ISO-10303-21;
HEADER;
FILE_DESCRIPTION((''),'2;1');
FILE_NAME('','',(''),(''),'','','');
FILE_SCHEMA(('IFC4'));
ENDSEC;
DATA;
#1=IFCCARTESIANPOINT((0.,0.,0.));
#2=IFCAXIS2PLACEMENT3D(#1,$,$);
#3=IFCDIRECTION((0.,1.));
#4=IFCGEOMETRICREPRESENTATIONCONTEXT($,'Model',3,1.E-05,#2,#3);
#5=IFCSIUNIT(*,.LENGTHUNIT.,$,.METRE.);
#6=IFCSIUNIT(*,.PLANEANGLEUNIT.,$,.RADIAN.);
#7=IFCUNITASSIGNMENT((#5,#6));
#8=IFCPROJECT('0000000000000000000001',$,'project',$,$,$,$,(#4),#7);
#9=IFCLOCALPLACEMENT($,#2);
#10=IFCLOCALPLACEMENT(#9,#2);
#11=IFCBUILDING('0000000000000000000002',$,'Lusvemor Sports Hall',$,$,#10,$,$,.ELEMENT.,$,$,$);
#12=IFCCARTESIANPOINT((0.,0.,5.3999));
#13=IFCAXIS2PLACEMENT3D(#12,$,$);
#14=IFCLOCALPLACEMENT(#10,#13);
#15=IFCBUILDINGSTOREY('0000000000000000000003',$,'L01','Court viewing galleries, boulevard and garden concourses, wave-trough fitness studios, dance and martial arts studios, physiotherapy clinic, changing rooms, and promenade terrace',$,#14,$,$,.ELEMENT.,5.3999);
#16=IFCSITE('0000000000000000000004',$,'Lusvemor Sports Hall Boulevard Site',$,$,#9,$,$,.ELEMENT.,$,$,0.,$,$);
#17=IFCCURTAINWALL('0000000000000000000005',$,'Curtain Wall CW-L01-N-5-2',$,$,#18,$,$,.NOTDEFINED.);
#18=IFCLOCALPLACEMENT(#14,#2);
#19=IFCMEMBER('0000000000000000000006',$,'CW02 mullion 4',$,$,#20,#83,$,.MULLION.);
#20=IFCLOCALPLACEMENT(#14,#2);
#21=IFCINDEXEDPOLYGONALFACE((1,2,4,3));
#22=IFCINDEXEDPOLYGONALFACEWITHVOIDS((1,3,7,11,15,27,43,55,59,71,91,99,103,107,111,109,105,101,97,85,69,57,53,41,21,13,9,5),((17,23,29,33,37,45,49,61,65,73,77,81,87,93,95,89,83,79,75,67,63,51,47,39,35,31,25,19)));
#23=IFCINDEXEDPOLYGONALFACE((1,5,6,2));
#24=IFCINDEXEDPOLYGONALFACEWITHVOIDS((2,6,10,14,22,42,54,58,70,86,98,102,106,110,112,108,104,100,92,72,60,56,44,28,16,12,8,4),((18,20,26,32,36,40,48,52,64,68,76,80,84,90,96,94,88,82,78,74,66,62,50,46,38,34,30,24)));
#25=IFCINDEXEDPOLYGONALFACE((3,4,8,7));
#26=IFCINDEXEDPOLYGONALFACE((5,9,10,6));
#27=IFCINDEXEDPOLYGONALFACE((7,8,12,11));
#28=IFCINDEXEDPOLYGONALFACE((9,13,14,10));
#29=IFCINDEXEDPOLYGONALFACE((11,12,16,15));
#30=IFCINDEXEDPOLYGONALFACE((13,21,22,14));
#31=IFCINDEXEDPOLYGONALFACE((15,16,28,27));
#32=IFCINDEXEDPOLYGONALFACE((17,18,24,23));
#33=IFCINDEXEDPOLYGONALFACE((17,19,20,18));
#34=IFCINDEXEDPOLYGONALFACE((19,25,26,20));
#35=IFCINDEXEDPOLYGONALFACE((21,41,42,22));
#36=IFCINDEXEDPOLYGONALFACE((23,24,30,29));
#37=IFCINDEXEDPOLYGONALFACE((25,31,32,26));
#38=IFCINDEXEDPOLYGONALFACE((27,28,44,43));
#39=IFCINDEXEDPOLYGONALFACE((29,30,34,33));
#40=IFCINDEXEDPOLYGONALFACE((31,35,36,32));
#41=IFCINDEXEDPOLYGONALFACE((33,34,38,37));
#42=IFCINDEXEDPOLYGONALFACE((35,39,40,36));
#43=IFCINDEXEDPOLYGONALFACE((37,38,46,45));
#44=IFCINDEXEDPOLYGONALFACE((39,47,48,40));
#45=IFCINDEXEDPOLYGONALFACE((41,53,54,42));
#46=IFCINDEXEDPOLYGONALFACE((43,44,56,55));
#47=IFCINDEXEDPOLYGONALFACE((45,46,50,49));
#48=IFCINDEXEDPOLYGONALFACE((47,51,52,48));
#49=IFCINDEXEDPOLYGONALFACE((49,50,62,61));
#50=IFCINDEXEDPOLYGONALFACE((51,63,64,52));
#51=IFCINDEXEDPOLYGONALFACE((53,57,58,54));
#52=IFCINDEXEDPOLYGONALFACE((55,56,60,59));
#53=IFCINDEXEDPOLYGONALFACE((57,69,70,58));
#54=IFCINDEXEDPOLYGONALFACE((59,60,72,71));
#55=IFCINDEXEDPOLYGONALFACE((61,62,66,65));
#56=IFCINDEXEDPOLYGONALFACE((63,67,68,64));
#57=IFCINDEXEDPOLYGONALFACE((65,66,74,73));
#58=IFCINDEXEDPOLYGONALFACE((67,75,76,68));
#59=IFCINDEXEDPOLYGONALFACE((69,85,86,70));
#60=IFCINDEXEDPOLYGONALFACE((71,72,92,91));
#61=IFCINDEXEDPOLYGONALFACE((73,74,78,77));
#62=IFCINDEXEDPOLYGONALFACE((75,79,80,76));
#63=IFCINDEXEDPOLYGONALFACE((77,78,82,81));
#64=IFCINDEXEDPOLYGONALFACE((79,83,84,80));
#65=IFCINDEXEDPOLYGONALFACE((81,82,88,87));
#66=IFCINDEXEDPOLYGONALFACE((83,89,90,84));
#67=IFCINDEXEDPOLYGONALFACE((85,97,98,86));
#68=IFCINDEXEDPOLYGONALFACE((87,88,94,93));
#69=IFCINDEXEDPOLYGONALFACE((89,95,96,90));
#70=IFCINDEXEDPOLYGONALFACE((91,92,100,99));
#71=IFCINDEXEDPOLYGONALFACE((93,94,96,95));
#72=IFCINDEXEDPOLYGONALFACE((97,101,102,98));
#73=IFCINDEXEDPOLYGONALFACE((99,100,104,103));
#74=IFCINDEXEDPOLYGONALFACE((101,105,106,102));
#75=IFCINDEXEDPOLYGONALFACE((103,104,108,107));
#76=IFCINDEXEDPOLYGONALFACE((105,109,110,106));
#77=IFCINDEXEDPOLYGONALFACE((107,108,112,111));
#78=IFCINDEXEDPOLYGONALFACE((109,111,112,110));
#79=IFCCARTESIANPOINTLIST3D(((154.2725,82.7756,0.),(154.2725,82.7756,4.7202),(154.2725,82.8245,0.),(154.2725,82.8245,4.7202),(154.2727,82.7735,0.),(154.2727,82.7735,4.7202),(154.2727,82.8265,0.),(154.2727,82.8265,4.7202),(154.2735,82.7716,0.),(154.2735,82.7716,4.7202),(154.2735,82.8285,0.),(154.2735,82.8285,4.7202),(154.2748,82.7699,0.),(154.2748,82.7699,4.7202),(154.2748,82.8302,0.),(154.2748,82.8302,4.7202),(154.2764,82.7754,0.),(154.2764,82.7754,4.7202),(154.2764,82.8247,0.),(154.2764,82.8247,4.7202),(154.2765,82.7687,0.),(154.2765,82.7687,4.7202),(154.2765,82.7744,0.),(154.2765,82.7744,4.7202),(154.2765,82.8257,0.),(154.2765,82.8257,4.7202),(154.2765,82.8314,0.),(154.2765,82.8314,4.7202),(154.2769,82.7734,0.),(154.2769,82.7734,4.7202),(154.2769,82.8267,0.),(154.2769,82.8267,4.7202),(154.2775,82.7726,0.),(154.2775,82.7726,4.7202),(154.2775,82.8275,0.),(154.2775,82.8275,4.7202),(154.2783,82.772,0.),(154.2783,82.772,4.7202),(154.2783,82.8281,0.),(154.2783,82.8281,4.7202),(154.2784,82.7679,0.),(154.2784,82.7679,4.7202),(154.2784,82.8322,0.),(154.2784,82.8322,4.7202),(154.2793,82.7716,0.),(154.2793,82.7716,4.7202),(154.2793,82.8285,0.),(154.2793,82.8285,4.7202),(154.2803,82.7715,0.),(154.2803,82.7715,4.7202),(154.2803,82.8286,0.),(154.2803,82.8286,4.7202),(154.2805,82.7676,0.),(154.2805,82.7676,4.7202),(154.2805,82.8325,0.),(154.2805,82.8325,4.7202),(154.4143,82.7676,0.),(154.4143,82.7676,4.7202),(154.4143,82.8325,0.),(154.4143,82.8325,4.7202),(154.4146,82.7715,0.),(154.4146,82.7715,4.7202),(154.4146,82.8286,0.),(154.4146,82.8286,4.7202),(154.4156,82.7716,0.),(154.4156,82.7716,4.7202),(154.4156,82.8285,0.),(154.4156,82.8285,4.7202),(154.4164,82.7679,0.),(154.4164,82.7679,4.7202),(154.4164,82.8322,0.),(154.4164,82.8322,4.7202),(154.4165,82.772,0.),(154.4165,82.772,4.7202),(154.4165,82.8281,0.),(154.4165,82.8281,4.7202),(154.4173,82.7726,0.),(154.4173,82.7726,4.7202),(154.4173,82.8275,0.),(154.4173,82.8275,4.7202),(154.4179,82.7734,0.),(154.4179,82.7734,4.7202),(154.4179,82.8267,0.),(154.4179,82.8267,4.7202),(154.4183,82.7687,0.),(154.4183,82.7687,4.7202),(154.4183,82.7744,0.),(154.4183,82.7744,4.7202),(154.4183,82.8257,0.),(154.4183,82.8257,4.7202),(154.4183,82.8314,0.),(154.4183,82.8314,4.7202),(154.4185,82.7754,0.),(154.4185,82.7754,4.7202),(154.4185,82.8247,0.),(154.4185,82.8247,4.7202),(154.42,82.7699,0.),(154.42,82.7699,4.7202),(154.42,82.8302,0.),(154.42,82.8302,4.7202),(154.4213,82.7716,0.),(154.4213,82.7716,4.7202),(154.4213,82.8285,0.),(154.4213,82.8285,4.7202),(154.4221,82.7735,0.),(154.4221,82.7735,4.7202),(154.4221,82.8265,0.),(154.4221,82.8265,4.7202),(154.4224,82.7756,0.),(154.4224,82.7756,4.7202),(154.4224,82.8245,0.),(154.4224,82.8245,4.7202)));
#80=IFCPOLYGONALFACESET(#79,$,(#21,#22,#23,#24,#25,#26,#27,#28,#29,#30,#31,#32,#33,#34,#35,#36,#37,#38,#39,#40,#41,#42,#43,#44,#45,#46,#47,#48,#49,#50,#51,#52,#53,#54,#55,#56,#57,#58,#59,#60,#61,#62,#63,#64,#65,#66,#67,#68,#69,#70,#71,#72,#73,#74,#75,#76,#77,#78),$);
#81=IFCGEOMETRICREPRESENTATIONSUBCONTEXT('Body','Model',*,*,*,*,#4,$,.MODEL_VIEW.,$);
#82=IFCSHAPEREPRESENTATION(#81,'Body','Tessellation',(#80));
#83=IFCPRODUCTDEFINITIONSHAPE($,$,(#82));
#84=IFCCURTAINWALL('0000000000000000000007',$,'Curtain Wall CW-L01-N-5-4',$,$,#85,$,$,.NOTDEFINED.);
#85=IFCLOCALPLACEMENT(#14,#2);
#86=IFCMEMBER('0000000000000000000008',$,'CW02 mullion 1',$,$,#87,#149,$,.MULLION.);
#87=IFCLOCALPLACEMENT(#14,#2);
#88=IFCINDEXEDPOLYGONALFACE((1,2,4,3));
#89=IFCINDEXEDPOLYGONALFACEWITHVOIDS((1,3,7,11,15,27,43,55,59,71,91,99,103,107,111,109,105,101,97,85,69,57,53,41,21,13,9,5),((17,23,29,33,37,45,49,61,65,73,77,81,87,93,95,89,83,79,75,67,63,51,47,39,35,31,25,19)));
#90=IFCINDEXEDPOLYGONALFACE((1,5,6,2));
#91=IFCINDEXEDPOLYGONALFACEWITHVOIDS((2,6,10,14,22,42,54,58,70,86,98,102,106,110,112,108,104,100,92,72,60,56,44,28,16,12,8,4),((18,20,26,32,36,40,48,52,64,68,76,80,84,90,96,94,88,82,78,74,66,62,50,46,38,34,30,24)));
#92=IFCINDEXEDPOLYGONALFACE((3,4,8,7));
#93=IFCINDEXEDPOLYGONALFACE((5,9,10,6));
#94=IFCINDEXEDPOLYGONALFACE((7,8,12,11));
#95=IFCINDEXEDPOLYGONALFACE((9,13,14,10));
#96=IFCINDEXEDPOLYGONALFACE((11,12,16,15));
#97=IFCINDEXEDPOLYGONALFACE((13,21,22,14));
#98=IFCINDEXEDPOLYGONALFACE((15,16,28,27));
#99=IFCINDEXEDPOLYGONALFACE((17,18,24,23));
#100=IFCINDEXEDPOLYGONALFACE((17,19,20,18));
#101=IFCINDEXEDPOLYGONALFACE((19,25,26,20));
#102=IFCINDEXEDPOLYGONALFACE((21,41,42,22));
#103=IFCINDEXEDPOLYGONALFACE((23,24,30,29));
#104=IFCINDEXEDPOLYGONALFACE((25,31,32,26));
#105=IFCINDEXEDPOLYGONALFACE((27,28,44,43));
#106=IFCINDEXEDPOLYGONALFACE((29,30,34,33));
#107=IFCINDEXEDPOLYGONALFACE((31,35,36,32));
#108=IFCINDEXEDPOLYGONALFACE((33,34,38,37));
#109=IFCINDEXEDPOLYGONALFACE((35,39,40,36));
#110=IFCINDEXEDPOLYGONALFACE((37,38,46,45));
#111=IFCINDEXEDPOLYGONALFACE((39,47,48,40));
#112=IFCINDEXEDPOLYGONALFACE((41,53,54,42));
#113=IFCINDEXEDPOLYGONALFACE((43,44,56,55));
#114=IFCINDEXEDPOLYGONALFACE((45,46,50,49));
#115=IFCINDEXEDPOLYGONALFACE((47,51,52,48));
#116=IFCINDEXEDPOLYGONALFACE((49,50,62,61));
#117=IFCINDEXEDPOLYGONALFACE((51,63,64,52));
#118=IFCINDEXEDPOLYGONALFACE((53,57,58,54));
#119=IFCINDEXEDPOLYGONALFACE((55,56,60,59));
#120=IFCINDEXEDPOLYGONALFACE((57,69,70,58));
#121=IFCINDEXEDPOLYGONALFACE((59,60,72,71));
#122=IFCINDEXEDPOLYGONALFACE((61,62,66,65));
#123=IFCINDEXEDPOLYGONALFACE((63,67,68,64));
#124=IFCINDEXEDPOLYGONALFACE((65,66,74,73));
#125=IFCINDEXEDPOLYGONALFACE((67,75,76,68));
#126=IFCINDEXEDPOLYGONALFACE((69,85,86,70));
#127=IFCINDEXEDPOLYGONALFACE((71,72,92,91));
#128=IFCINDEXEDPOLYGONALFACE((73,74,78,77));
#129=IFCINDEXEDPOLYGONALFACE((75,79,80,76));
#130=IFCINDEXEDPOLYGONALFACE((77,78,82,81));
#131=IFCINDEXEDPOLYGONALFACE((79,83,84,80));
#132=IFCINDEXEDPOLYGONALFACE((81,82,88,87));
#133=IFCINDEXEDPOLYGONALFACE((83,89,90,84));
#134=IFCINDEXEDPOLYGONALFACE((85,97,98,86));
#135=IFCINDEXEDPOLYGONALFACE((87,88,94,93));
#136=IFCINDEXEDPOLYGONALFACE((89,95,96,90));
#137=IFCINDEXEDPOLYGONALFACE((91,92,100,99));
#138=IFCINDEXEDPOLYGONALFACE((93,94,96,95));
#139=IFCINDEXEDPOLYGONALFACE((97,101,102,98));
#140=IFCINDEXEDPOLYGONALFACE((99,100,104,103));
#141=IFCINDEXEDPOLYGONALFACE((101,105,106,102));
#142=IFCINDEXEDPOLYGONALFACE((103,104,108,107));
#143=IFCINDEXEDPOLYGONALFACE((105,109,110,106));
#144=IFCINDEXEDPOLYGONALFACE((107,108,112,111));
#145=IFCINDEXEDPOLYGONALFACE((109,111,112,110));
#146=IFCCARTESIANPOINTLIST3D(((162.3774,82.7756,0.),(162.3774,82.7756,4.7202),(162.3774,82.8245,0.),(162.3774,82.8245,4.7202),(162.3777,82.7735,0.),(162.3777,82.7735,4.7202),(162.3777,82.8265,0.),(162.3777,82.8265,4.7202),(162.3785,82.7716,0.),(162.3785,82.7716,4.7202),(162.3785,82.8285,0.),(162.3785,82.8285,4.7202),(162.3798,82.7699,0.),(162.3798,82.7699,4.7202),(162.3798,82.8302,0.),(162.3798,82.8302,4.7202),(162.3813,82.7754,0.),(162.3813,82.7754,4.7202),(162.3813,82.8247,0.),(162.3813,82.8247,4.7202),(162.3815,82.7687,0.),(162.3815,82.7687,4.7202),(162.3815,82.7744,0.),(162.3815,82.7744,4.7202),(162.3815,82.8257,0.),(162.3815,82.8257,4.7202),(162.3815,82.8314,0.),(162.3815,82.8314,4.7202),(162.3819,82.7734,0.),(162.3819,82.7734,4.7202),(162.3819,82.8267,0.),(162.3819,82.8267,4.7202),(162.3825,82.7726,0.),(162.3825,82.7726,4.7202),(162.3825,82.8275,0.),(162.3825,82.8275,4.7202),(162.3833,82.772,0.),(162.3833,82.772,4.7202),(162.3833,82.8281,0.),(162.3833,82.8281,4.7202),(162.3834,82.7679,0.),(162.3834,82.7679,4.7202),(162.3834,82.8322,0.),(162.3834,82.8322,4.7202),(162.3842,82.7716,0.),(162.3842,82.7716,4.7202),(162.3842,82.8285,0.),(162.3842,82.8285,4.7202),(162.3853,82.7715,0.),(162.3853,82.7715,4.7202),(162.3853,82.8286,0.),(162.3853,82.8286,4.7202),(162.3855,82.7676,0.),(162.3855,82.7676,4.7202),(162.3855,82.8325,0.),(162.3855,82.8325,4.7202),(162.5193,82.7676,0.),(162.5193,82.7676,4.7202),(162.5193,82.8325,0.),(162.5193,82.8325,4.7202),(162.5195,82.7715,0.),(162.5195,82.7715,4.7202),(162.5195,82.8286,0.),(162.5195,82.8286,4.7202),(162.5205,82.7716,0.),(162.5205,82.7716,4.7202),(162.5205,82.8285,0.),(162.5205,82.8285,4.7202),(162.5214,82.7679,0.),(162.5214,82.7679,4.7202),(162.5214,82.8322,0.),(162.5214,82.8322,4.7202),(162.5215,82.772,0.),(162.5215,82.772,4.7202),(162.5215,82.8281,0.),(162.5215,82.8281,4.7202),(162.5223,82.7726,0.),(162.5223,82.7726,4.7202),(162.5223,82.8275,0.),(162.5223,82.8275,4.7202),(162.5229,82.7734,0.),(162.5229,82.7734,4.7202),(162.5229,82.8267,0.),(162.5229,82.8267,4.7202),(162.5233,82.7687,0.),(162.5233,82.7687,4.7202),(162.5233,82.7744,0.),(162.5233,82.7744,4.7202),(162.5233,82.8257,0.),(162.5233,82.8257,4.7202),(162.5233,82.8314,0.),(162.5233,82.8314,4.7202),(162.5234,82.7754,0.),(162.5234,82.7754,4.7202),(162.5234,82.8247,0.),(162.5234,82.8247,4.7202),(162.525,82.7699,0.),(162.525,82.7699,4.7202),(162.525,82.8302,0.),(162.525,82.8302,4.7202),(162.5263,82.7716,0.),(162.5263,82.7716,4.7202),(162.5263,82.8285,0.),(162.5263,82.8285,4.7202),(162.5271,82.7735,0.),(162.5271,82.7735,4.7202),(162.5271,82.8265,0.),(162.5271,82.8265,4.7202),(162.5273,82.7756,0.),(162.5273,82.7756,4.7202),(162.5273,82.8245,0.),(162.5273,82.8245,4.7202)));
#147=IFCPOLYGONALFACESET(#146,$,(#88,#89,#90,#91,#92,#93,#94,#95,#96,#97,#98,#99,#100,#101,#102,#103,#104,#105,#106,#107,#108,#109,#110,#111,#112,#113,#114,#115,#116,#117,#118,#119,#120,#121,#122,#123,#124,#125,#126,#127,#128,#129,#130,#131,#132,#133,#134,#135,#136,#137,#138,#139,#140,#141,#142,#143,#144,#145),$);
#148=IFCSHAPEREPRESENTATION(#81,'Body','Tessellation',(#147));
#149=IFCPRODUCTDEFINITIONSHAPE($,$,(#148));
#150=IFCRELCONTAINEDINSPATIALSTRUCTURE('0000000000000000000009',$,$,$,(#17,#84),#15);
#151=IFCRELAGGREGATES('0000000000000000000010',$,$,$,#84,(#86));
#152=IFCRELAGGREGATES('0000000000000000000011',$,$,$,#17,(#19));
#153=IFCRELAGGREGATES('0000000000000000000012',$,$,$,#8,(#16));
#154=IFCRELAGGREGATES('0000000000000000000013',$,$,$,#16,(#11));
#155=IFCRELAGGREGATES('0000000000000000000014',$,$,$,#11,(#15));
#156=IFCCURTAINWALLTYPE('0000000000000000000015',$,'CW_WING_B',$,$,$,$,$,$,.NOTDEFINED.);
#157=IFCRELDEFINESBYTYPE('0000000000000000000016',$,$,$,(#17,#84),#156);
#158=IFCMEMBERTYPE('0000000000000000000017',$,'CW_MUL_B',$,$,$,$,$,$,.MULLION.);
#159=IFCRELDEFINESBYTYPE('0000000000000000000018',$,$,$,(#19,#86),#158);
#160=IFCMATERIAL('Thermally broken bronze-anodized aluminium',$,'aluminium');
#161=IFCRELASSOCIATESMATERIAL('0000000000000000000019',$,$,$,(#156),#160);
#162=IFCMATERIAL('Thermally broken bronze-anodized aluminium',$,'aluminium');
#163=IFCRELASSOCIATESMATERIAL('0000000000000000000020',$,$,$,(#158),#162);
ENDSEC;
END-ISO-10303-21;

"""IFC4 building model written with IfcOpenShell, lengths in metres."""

from ifc_helpers import new_model, si_unit, direction, frame, origin, origin_2d, place, context, subcontext, project, spatial, hollow_rectangle, extrude, material, material_profile, profile_set, type_object, element, aggregate, save


model = new_model("IFC4")

# Units and contexts
model_context = context("Model", 3, precision=1e-05, world=origin(), true_north=direction((0.0, 1.0)))
body_context = subcontext(model_context, "Body", "Model", "MODEL_VIEW")
ifc_project = project(units=[si_unit("LENGTHUNIT", "METRE"), si_unit("PLANEANGLEUNIT", "RADIAN")], contexts=[model_context])

# Site, building, storey
site_placement = place(None, origin())
site = spatial("IfcSite", under=ifc_project, at=site_placement, Name="Lusvemor Sports Hall Boulevard Site", CompositionType="ELEMENT", RefElevation=0.0)
building_placement = place(site_placement, origin())
building = spatial("IfcBuilding", under=site, at=building_placement, Name="Lusvemor Sports Hall", CompositionType="ELEMENT")
storey_placement = place(building_placement, frame((0.0, 0.0, 5.3999)))
storey = spatial("IfcBuildingStorey", under=building, at=storey_placement, Name="L01", Description="Court viewing galleries, boulevard and garden concourses, wave-trough fitness studios, dance and martial arts studios, physiotherapy clinic, changing rooms, and promenade terrace", CompositionType="ELEMENT", Elevation=5.3999)

# Curtain wall, member
ifc_material_1 = material(Name="Thermally broken bronze-anodized aluminium", Category="aluminium")
curtain_wall_type = type_object("IfcCurtainWallType", Name="CW_WING_B", PredefinedType="NOTDEFINED", material=ifc_material_1)
curtain_wall_1_placement = place(storey_placement, origin())
curtain_wall_1 = element("IfcCurtainWall", 1, at=curtain_wall_1_placement, inside=storey, type_object=curtain_wall_type, Name="Curtain Wall CW-L01-N-5-2", PredefinedType="NOTDEFINED")
ifc_material_2 = material(Name="Thermally broken bronze-anodized aluminium", Category="aluminium")
ifc_material_profile_1 = material_profile(ifc_material_2, hollow_rectangle(XDim=0.0649, YDim=0.1499, WallThickness=0.0039, InnerFilletRadius=0.0039, OuterFilletRadius=0.0081, at=origin_2d()), Name="CWMUL150x65x4")
ifc_profile_set_1 = profile_set([ifc_material_profile_1], Name="Thermally broken bronze-anodized aluminium")
member_type_1 = type_object("IfcMemberType", Name="CW_MUL_B", PredefinedType="MULLION", material=ifc_profile_set_1)
member_1_placement = place(storey_placement, frame((154.3474, 82.8, 0.0), z_axis=(0.0, 0.0, 1.0), x_axis=(0.0, 1.0, 0.0)))
member_1 = element("IfcMember", 2, at=member_1_placement, type_object=member_type_1, Name="CW02 mullion 4", PredefinedType="MULLION", context=body_context, shape_type="SweptSolid", body=[
    extrude(hollow_rectangle(XDim=0.0649, YDim=0.1499, WallThickness=0.0039, InnerFilletRadius=0.0039, OuterFilletRadius=0.0081, at=origin_2d()), origin(), (0.0, 0.0, 1.0), 4.7202),
])

# Curtain wall, member
curtain_wall_2_placement = place(storey_placement, origin())
curtain_wall_2 = element("IfcCurtainWall", 3, at=curtain_wall_2_placement, inside=storey, type_object=curtain_wall_type, Name="Curtain Wall CW-L01-N-5-4", PredefinedType="NOTDEFINED")
member_2_placement = place(storey_placement, frame((162.4524, 82.8, 0.0), z_axis=(0.0, 0.0, 1.0), x_axis=(0.0, 1.0, 0.0)))
member_2 = element("IfcMember", 4, at=member_2_placement, type_object=member_type_1, Name="CW02 mullion 1", PredefinedType="MULLION", context=body_context, shape_type="SweptSolid", body=[
    extrude(hollow_rectangle(XDim=0.0649, YDim=0.1499, WallThickness=0.0039, InnerFilletRadius=0.0039, OuterFilletRadius=0.0081, at=origin_2d()), origin(), (0.0, 0.0, 1.0), 4.7202),
])

aggregate(curtain_wall_2, [member_2])

aggregate(curtain_wall_1, [member_1])

save(model, "model.ifc")
